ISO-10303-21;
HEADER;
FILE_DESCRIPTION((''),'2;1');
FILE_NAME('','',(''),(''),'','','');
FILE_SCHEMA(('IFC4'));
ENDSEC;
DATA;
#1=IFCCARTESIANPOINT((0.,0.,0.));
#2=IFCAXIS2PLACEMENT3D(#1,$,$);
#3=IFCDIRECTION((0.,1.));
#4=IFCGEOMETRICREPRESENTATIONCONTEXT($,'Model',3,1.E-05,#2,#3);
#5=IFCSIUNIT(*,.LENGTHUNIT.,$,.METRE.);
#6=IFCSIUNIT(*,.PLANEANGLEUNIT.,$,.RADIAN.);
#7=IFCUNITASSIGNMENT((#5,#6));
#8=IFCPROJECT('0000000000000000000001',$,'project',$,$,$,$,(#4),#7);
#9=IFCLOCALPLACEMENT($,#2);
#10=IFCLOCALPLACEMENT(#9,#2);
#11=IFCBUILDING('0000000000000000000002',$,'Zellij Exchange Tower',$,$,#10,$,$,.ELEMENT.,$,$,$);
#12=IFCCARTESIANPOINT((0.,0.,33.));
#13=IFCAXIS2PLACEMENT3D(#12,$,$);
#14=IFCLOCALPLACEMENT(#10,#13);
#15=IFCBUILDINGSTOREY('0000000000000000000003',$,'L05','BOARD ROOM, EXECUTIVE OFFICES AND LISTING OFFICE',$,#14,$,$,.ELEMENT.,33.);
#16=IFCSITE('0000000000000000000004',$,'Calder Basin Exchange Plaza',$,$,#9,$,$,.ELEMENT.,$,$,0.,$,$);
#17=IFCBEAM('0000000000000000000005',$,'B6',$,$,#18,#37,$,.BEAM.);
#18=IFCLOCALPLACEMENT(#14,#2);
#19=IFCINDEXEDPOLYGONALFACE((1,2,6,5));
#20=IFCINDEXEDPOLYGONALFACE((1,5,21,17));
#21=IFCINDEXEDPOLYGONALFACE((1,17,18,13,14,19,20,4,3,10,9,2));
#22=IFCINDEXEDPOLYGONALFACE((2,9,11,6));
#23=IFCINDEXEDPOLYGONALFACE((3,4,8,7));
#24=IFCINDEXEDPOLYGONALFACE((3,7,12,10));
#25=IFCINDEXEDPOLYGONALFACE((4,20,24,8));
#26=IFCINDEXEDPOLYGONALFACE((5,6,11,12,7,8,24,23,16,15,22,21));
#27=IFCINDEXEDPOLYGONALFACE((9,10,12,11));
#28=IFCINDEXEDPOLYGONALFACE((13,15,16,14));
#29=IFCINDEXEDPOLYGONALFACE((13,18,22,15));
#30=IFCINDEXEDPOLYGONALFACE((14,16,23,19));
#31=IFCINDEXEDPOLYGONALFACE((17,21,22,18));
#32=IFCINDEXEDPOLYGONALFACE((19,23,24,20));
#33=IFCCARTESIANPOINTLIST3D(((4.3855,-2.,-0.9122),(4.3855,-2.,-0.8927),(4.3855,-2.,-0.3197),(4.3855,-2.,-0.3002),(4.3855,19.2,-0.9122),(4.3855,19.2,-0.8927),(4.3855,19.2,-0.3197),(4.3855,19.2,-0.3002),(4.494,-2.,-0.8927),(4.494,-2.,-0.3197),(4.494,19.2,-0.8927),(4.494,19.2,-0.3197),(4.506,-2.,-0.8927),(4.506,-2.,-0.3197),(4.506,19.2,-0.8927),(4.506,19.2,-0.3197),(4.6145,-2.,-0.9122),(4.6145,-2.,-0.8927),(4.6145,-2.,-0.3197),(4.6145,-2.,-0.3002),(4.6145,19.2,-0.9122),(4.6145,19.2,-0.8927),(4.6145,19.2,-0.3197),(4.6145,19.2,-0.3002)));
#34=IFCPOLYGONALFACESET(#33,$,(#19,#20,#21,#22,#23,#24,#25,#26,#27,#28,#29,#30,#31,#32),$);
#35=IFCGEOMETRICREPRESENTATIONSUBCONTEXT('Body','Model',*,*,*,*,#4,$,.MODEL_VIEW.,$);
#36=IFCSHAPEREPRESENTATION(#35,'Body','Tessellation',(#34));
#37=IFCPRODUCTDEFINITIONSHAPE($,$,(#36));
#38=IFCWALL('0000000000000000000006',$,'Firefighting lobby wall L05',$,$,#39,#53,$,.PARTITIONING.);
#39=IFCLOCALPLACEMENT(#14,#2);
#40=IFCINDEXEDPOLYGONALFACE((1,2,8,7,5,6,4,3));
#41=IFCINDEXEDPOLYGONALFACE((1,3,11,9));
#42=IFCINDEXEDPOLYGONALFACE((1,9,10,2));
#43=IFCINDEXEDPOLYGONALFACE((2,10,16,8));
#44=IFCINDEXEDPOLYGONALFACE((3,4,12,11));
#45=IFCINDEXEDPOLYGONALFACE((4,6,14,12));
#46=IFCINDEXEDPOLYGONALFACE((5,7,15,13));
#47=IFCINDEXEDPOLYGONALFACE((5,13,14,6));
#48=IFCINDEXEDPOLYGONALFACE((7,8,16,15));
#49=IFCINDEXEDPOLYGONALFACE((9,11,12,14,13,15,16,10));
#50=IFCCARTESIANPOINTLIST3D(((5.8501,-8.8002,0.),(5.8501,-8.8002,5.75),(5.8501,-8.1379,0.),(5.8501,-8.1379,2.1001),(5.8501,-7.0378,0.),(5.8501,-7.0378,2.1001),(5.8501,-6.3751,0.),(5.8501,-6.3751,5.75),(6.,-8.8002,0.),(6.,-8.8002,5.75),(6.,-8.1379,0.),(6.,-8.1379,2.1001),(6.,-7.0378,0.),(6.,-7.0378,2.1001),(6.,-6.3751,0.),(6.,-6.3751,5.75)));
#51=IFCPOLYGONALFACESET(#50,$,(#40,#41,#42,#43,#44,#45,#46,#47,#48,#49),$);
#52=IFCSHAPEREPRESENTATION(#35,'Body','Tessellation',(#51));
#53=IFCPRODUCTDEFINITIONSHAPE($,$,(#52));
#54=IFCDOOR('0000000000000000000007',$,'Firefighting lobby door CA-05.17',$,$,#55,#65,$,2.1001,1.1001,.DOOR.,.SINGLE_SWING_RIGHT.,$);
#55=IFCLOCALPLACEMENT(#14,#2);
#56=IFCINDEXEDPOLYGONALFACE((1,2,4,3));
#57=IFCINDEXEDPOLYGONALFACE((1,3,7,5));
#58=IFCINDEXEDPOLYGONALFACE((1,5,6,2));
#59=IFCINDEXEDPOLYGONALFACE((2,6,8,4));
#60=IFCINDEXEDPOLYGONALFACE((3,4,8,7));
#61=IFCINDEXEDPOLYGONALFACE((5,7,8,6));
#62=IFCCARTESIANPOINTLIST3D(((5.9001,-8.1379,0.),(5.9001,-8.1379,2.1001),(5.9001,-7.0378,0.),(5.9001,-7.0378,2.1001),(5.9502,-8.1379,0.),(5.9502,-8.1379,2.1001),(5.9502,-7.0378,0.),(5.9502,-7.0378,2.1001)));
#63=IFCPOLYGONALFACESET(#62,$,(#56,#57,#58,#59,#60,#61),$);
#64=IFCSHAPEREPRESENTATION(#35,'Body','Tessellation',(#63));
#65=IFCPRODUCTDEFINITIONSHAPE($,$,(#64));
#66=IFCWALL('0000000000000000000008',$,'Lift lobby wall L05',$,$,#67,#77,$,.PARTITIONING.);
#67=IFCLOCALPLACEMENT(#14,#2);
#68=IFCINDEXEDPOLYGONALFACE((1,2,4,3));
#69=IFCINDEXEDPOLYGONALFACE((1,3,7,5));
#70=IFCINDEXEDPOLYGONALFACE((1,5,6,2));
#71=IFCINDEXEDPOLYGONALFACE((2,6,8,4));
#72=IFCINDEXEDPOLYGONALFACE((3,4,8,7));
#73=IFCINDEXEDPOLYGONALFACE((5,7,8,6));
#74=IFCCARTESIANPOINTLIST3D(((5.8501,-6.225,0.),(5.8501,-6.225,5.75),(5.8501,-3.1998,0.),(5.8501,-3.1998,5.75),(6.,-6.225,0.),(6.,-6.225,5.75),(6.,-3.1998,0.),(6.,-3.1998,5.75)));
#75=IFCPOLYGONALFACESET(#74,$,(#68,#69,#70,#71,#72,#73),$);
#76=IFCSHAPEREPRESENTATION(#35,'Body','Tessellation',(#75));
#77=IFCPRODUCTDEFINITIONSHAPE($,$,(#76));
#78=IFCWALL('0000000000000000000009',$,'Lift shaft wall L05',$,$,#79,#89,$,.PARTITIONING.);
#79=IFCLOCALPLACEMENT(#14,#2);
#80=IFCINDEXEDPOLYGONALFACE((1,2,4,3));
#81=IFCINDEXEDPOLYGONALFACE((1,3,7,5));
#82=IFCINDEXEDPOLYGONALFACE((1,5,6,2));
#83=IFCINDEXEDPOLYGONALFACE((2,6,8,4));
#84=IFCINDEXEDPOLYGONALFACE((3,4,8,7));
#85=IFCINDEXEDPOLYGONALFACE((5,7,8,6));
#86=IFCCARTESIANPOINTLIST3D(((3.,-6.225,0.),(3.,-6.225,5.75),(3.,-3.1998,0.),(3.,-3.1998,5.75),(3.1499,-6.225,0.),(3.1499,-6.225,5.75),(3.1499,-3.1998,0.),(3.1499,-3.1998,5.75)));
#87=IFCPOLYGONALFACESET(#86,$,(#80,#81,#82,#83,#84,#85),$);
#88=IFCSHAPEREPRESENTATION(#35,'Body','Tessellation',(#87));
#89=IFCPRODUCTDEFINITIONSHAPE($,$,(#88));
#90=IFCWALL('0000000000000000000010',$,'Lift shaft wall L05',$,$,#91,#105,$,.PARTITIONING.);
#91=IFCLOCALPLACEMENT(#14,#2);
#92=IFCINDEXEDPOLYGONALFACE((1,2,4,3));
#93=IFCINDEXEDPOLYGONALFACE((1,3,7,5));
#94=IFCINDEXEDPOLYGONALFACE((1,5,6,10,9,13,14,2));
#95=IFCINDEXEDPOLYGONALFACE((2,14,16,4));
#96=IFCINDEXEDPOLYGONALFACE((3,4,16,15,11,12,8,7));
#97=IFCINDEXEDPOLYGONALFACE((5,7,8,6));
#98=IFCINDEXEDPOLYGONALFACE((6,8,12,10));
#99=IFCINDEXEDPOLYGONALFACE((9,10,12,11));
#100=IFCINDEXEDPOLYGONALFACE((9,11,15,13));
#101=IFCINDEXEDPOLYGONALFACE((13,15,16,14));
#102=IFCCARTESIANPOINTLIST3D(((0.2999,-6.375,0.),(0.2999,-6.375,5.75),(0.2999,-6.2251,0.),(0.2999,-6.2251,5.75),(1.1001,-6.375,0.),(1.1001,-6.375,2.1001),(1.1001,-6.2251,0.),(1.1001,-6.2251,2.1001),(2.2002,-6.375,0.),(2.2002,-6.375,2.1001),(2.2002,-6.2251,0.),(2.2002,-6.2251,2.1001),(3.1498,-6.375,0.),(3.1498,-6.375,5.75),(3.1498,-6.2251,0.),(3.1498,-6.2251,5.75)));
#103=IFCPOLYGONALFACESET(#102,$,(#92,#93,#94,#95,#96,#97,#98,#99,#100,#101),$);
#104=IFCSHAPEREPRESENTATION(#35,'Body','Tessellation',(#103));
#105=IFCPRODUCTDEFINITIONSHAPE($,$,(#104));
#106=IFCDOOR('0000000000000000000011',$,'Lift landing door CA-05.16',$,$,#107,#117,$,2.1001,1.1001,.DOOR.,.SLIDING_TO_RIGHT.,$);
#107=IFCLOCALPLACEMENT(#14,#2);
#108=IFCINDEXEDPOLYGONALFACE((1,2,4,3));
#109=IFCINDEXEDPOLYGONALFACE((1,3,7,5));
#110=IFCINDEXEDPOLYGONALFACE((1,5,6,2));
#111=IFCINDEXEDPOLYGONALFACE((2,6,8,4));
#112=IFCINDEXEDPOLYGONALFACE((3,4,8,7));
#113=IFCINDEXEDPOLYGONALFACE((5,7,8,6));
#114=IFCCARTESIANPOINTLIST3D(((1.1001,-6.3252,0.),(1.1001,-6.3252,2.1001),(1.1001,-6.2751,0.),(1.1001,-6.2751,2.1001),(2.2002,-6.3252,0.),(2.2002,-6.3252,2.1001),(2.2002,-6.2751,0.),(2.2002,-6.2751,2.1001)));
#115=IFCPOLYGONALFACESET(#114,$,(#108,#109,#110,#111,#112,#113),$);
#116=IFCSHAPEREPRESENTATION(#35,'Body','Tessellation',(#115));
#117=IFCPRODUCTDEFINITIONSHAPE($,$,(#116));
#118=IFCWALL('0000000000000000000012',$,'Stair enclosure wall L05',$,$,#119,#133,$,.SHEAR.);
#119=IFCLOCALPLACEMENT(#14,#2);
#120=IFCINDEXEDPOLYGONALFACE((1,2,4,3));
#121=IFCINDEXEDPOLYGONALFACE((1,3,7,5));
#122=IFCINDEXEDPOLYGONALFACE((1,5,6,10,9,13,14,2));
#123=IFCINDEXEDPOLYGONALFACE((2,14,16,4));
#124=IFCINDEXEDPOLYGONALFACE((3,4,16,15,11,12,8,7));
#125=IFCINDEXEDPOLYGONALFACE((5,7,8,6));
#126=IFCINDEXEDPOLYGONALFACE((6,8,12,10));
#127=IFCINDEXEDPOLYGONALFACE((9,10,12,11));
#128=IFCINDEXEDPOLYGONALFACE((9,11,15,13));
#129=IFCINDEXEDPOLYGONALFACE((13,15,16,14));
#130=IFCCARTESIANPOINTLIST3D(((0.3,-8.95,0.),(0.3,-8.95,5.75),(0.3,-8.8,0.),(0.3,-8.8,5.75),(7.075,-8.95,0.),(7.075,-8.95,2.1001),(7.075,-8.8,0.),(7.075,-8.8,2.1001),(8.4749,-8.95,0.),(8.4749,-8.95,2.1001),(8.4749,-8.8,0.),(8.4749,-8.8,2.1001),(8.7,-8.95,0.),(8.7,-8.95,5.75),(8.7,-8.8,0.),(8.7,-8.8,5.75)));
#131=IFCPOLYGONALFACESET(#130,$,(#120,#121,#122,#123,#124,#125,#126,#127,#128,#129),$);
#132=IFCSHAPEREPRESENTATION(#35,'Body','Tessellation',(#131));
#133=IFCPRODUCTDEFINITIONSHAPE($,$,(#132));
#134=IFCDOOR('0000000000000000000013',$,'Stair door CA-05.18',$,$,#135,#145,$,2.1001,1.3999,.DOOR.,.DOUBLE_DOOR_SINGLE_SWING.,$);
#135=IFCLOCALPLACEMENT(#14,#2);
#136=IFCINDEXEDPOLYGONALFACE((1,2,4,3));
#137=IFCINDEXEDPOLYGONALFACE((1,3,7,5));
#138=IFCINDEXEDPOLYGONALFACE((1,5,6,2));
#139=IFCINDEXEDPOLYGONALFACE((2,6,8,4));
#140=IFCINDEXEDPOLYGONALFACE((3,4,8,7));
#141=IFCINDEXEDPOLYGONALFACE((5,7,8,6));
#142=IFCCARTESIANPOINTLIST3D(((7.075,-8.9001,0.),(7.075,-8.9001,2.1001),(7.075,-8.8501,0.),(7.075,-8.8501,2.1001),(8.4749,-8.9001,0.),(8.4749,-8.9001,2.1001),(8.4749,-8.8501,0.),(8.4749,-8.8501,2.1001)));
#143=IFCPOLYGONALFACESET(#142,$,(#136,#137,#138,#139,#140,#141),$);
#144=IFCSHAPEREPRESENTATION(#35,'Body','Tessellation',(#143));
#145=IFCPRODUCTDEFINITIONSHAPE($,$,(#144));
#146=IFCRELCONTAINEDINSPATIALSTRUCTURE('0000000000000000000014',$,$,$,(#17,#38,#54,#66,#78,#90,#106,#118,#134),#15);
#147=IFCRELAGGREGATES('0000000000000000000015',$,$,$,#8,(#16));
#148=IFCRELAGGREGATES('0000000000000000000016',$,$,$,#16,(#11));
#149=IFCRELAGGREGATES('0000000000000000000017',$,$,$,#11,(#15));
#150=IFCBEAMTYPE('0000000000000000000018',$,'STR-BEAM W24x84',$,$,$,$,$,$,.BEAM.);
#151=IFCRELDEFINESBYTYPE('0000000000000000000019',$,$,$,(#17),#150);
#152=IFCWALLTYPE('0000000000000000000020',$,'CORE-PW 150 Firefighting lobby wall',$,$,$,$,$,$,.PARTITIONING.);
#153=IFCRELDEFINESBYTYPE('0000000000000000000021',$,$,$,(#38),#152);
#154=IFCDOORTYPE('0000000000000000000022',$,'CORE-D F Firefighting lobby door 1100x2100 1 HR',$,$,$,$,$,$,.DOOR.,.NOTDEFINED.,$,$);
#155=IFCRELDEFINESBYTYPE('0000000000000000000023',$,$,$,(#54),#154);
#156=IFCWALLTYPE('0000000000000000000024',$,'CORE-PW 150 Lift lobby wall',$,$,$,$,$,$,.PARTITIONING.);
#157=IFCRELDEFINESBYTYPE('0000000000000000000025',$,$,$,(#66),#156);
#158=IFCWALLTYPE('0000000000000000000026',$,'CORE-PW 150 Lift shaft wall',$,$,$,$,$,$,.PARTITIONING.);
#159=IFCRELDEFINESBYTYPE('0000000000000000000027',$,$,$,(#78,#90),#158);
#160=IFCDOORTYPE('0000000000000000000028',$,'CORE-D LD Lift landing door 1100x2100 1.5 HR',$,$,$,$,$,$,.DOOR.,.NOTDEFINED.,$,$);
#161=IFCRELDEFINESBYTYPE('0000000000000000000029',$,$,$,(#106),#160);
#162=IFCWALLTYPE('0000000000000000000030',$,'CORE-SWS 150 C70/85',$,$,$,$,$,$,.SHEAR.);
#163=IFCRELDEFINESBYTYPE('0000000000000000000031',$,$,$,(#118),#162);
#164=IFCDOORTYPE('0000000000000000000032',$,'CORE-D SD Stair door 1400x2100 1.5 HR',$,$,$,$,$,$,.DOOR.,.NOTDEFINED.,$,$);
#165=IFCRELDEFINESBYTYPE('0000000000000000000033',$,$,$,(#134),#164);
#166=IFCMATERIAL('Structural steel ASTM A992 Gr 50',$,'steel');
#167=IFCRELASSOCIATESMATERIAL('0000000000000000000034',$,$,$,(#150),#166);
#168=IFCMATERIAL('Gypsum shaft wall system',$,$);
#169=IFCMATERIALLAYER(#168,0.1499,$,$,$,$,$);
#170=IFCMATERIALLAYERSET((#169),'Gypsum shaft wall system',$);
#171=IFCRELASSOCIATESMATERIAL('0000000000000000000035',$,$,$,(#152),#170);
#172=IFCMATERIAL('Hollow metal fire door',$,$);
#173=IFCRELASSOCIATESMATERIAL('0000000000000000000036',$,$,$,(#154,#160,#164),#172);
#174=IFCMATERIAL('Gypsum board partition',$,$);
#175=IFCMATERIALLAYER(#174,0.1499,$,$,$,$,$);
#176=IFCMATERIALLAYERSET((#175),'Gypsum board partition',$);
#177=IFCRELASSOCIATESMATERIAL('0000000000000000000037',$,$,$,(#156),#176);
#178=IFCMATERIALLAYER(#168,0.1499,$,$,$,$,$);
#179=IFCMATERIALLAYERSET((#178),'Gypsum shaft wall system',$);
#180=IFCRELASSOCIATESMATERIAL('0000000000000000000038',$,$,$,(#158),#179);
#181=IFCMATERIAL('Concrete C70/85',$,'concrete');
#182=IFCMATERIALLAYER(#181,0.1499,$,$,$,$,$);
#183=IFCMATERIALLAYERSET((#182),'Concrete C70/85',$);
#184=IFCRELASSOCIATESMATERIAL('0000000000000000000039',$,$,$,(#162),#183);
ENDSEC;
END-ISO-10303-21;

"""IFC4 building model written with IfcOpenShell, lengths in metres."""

from ifc_helpers import new_model, si_unit, direction, frame, frame_2d, origin, origin_2d, place, context, subcontext, project, spatial, rectangle, i_section, extrude, material, layer, layer_set, material_profile, profile_set, type_object, element, fill, save


model = new_model("IFC4")

# Units and contexts
model_context = context("Model", 3, precision=1e-05, world=origin(), true_north=direction((0.0, 1.0)))
body_context = subcontext(model_context, "Body", "Model", "MODEL_VIEW")
ifc_project = project(units=[si_unit("LENGTHUNIT", "METRE"), si_unit("PLANEANGLEUNIT", "RADIAN")], contexts=[model_context])

# Site, building, storey
site_placement = place(None, origin())
site = spatial("IfcSite", under=ifc_project, at=site_placement, Name="Calder Basin Exchange Plaza", CompositionType="ELEMENT", RefElevation=0.0)
building_placement = place(site_placement, origin())
building = spatial("IfcBuilding", under=site, at=building_placement, Name="Zellij Exchange Tower", CompositionType="ELEMENT")
storey_placement = place(building_placement, frame((0.0, 0.0, 33.0)))
storey = spatial("IfcBuildingStorey", under=building, at=storey_placement, Name="L05", Description="BOARD ROOM, EXECUTIVE OFFICES AND LISTING OFFICE", CompositionType="ELEMENT", Elevation=33.0)

# Beam
ifc_material_1 = material(Name="Structural steel ASTM A992 Gr 50", Category="steel")
ifc_material_profile = material_profile(ifc_material_1, i_section(OverallWidth=0.229, OverallDepth=0.6121, WebThickness=0.012, FlangeThickness=0.0195, at=origin_2d()), Name="W24x84")
ifc_profile_set = profile_set([ifc_material_profile], Name="Structural steel ASTM A992 Gr 50")
beam_type = type_object("IfcBeamType", Name="STR-BEAM W24x84", PredefinedType="BEAM", material=ifc_profile_set)
beam_placement = place(storey_placement, frame((4.5, -2.0, -0.6062), z_axis=(0.0, 1.0, 0.0), x_axis=(-1.0, 0.0, 0.0)))
element("IfcBeam", 1, at=beam_placement, inside=storey, type_object=beam_type, Name="B6", PredefinedType="BEAM", context=body_context, shape_type="SweptSolid", body=[
    extrude(i_section(OverallWidth=0.229, OverallDepth=0.6121, WebThickness=0.012, FlangeThickness=0.0195, at=origin_2d()), origin(), (0.0, 0.0, 1.0), 21.2),
])

# Wall, opening, door
ifc_material_2 = material(Name="Gypsum shaft wall system")
ifc_layer_1 = layer(ifc_material_2, 0.1499)
ifc_layer_set_1 = layer_set([ifc_layer_1], Name="Gypsum shaft wall system")
wall_type_1 = type_object("IfcWallType", Name="CORE-PW 150 Firefighting lobby wall", PredefinedType="PARTITIONING", material=ifc_layer_set_1)
wall_1_placement = place(storey_placement, frame((5.925, -8.8, 0.0), z_axis=(0.0, 0.0, 1.0), x_axis=(0.0, 1.0, 0.0)))
wall_1 = element("IfcWall", 2, at=wall_1_placement, inside=storey, type_object=wall_type_1, Name="Firefighting lobby wall L05", PredefinedType="PARTITIONING", context=body_context, shape_type="SweptSolid", body=[
    extrude(rectangle(XDim=2.425, YDim=0.1499, at=frame_2d((1.2124, 0.0))), origin(), (0.0, 0.0, 1.0), 5.75),
])
opening_1_placement = place(wall_1_placement, frame((0.6621, 0.0, 0.0)))
opening_1 = element("IfcOpeningElement", 3, at=opening_1_placement, cuts=wall_1, PredefinedType="OPENING", context=body_context, shape_type="SweptSolid", body=[
    extrude(rectangle(XDim=1.1001, YDim=2.1001, at=frame_2d((0.55, 1.05))), frame((0.0, 0.0869, 0.0), z_axis=(0.0, -1.0, 0.0), x_axis=(1.0, 0.0, 0.0)), (0.0, 0.0, 1.0), 0.1738),
])
ifc_material_3 = material(Name="Hollow metal fire door")
door_type_1 = type_object("IfcDoorType", Name="CORE-D F Firefighting lobby door 1100x2100 1 HR", OperationType="NOTDEFINED", PredefinedType="DOOR", material=ifc_material_3)
door_1_placement = place(opening_1_placement, origin())
door_1 = element("IfcDoor", 4, at=door_1_placement, inside=storey, type_object=door_type_1, Name="Firefighting lobby door CA-05.17", OperationType="SINGLE_SWING_RIGHT", OverallHeight=2.1001, OverallWidth=1.1001, PredefinedType="DOOR", context=body_context, shape_type="SweptSolid", body=[
    extrude(rectangle(XDim=1.1001, YDim=2.1001, at=frame_2d((0.55, 1.05))), frame((0.0, 0.0249, 0.0), z_axis=(0.0, -1.0, 0.0), x_axis=(1.0, 0.0, 0.0)), (0.0, 0.0, 1.0), 0.05),
])
fill(opening_1, door_1)

# Walls
ifc_material_4 = material(Name="Gypsum board partition")
ifc_layer_2 = layer(ifc_material_4, 0.1499)
ifc_layer_set_2 = layer_set([ifc_layer_2], Name="Gypsum board partition")
wall_type_2 = type_object("IfcWallType", Name="CORE-PW 150 Lift lobby wall", PredefinedType="PARTITIONING", material=ifc_layer_set_2)
wall_2_placement = place(storey_placement, frame((5.925, -6.2251, 0.0), z_axis=(0.0, 0.0, 1.0), x_axis=(0.0, 1.0, 0.0)))
element("IfcWall", 5, at=wall_2_placement, inside=storey, type_object=wall_type_2, Name="Lift lobby wall L05", PredefinedType="PARTITIONING", context=body_context, shape_type="SweptSolid", body=[
    extrude(rectangle(XDim=3.0251, YDim=0.1499, at=frame_2d((1.5127, 0.0))), origin(), (0.0, 0.0, 1.0), 5.75),
])
ifc_layer_3 = layer(ifc_material_2, 0.1499)
ifc_layer_set_3 = layer_set([ifc_layer_3], Name="Gypsum shaft wall system")
wall_type_3 = type_object("IfcWallType", Name="CORE-PW 150 Lift shaft wall", PredefinedType="PARTITIONING", material=ifc_layer_set_3)
wall_3_placement = place(storey_placement, frame((3.075, -6.2251, 0.0), z_axis=(0.0, 0.0, 1.0), x_axis=(0.0, 1.0, 0.0)))
element("IfcWall", 6, at=wall_3_placement, inside=storey, type_object=wall_type_3, Name="Lift shaft wall L05", PredefinedType="PARTITIONING", context=body_context, shape_type="SweptSolid", body=[
    extrude(rectangle(XDim=3.0251, YDim=0.1499, at=frame_2d((1.5127, 0.0))), origin(), (0.0, 0.0, 1.0), 5.75),
])

# Walls, openings, doors
wall_4_placement = place(storey_placement, frame((0.3, -6.3, 0.0), z_axis=(0.0, 0.0, 1.0), x_axis=(1.0, 0.0, 0.0)))
wall_4 = element("IfcWall", 7, at=wall_4_placement, inside=storey, type_object=wall_type_3, Name="Lift shaft wall L05", PredefinedType="PARTITIONING", context=body_context, shape_type="SweptSolid", body=[
    extrude(rectangle(XDim=2.8499, YDim=0.1499, at=frame_2d((1.4248, 0.0))), origin(), (0.0, 0.0, 1.0), 5.75),
])
opening_2_placement = place(wall_4_placement, frame((0.8, 0.0, 0.0)))
opening_2 = element("IfcOpeningElement", 8, at=opening_2_placement, cuts=wall_4, PredefinedType="OPENING", context=body_context, shape_type="SweptSolid", body=[
    extrude(rectangle(XDim=1.1001, YDim=2.1001, at=frame_2d((0.55, 1.05))), frame((0.0, 0.0869, 0.0), z_axis=(0.0, -1.0, 0.0), x_axis=(1.0, 0.0, 0.0)), (0.0, 0.0, 1.0), 0.1738),
])
door_type_2 = type_object("IfcDoorType", Name="CORE-D LD Lift landing door 1100x2100 1.5 HR", OperationType="NOTDEFINED", PredefinedType="DOOR", material=ifc_material_3)
door_2_placement = place(opening_2_placement, origin())
door_2 = element("IfcDoor", 9, at=door_2_placement, inside=storey, type_object=door_type_2, Name="Lift landing door CA-05.16", OperationType="SLIDING_TO_RIGHT", OverallHeight=2.1001, OverallWidth=1.1001, PredefinedType="DOOR", context=body_context, shape_type="SweptSolid", body=[
    extrude(rectangle(XDim=1.1001, YDim=2.1001, at=frame_2d((0.55, 1.05))), frame((0.0, 0.0249, 0.0), z_axis=(0.0, -1.0, 0.0), x_axis=(1.0, 0.0, 0.0)), (0.0, 0.0, 1.0), 0.05),
])
fill(opening_2, door_2)
ifc_material_5 = material(Name="Concrete C70/85", Category="concrete")
ifc_layer_4 = layer(ifc_material_5, 0.1499)
ifc_layer_set_4 = layer_set([ifc_layer_4], Name="Concrete C70/85")
wall_type_4 = type_object("IfcWallType", Name="CORE-SWS 150 C70/85", PredefinedType="SHEAR", material=ifc_layer_set_4)
wall_5_placement = place(storey_placement, frame((0.3, -8.875, 0.0), z_axis=(0.0, 0.0, 1.0), x_axis=(1.0, 0.0, 0.0)))
wall_5 = element("IfcWall", 10, at=wall_5_placement, inside=storey, type_object=wall_type_4, Name="Stair enclosure wall L05", PredefinedType="SHEAR", context=body_context, shape_type="SweptSolid", body=[
    extrude(rectangle(XDim=8.3999, YDim=0.1499, at=frame_2d((4.2, 0.0))), origin(), (0.0, 0.0, 1.0), 5.75),
])
opening_3_placement = place(wall_5_placement, frame((6.7749, 0.0, 0.0)))
opening_3 = element("IfcOpeningElement", 11, at=opening_3_placement, cuts=wall_5, PredefinedType="OPENING", context=body_context, shape_type="SweptSolid", body=[
    extrude(rectangle(XDim=1.3999, YDim=2.1001, at=frame_2d((0.7, 1.05))), frame((0.0, 0.0869, 0.0), z_axis=(0.0, -1.0, 0.0), x_axis=(1.0, 0.0, 0.0)), (0.0, 0.0, 1.0), 0.1738),
])
door_type_3 = type_object("IfcDoorType", Name="CORE-D SD Stair door 1400x2100 1.5 HR", OperationType="NOTDEFINED", PredefinedType="DOOR", material=ifc_material_3)
door_3_placement = place(opening_3_placement, origin())
door_3 = element("IfcDoor", 12, at=door_3_placement, inside=storey, type_object=door_type_3, Name="Stair door CA-05.18", OperationType="DOUBLE_DOOR_SINGLE_SWING", OverallHeight=2.1001, OverallWidth=1.3999, PredefinedType="DOOR", context=body_context, shape_type="SweptSolid", body=[
    extrude(rectangle(XDim=1.3999, YDim=2.1001, at=frame_2d((0.7, 1.05))), frame((0.0, 0.0249, 0.0), z_axis=(0.0, -1.0, 0.0), x_axis=(1.0, 0.0, 0.0)), (0.0, 0.0, 1.0), 0.05),
])
fill(opening_3, door_3)

save(model, "model.ifc")
